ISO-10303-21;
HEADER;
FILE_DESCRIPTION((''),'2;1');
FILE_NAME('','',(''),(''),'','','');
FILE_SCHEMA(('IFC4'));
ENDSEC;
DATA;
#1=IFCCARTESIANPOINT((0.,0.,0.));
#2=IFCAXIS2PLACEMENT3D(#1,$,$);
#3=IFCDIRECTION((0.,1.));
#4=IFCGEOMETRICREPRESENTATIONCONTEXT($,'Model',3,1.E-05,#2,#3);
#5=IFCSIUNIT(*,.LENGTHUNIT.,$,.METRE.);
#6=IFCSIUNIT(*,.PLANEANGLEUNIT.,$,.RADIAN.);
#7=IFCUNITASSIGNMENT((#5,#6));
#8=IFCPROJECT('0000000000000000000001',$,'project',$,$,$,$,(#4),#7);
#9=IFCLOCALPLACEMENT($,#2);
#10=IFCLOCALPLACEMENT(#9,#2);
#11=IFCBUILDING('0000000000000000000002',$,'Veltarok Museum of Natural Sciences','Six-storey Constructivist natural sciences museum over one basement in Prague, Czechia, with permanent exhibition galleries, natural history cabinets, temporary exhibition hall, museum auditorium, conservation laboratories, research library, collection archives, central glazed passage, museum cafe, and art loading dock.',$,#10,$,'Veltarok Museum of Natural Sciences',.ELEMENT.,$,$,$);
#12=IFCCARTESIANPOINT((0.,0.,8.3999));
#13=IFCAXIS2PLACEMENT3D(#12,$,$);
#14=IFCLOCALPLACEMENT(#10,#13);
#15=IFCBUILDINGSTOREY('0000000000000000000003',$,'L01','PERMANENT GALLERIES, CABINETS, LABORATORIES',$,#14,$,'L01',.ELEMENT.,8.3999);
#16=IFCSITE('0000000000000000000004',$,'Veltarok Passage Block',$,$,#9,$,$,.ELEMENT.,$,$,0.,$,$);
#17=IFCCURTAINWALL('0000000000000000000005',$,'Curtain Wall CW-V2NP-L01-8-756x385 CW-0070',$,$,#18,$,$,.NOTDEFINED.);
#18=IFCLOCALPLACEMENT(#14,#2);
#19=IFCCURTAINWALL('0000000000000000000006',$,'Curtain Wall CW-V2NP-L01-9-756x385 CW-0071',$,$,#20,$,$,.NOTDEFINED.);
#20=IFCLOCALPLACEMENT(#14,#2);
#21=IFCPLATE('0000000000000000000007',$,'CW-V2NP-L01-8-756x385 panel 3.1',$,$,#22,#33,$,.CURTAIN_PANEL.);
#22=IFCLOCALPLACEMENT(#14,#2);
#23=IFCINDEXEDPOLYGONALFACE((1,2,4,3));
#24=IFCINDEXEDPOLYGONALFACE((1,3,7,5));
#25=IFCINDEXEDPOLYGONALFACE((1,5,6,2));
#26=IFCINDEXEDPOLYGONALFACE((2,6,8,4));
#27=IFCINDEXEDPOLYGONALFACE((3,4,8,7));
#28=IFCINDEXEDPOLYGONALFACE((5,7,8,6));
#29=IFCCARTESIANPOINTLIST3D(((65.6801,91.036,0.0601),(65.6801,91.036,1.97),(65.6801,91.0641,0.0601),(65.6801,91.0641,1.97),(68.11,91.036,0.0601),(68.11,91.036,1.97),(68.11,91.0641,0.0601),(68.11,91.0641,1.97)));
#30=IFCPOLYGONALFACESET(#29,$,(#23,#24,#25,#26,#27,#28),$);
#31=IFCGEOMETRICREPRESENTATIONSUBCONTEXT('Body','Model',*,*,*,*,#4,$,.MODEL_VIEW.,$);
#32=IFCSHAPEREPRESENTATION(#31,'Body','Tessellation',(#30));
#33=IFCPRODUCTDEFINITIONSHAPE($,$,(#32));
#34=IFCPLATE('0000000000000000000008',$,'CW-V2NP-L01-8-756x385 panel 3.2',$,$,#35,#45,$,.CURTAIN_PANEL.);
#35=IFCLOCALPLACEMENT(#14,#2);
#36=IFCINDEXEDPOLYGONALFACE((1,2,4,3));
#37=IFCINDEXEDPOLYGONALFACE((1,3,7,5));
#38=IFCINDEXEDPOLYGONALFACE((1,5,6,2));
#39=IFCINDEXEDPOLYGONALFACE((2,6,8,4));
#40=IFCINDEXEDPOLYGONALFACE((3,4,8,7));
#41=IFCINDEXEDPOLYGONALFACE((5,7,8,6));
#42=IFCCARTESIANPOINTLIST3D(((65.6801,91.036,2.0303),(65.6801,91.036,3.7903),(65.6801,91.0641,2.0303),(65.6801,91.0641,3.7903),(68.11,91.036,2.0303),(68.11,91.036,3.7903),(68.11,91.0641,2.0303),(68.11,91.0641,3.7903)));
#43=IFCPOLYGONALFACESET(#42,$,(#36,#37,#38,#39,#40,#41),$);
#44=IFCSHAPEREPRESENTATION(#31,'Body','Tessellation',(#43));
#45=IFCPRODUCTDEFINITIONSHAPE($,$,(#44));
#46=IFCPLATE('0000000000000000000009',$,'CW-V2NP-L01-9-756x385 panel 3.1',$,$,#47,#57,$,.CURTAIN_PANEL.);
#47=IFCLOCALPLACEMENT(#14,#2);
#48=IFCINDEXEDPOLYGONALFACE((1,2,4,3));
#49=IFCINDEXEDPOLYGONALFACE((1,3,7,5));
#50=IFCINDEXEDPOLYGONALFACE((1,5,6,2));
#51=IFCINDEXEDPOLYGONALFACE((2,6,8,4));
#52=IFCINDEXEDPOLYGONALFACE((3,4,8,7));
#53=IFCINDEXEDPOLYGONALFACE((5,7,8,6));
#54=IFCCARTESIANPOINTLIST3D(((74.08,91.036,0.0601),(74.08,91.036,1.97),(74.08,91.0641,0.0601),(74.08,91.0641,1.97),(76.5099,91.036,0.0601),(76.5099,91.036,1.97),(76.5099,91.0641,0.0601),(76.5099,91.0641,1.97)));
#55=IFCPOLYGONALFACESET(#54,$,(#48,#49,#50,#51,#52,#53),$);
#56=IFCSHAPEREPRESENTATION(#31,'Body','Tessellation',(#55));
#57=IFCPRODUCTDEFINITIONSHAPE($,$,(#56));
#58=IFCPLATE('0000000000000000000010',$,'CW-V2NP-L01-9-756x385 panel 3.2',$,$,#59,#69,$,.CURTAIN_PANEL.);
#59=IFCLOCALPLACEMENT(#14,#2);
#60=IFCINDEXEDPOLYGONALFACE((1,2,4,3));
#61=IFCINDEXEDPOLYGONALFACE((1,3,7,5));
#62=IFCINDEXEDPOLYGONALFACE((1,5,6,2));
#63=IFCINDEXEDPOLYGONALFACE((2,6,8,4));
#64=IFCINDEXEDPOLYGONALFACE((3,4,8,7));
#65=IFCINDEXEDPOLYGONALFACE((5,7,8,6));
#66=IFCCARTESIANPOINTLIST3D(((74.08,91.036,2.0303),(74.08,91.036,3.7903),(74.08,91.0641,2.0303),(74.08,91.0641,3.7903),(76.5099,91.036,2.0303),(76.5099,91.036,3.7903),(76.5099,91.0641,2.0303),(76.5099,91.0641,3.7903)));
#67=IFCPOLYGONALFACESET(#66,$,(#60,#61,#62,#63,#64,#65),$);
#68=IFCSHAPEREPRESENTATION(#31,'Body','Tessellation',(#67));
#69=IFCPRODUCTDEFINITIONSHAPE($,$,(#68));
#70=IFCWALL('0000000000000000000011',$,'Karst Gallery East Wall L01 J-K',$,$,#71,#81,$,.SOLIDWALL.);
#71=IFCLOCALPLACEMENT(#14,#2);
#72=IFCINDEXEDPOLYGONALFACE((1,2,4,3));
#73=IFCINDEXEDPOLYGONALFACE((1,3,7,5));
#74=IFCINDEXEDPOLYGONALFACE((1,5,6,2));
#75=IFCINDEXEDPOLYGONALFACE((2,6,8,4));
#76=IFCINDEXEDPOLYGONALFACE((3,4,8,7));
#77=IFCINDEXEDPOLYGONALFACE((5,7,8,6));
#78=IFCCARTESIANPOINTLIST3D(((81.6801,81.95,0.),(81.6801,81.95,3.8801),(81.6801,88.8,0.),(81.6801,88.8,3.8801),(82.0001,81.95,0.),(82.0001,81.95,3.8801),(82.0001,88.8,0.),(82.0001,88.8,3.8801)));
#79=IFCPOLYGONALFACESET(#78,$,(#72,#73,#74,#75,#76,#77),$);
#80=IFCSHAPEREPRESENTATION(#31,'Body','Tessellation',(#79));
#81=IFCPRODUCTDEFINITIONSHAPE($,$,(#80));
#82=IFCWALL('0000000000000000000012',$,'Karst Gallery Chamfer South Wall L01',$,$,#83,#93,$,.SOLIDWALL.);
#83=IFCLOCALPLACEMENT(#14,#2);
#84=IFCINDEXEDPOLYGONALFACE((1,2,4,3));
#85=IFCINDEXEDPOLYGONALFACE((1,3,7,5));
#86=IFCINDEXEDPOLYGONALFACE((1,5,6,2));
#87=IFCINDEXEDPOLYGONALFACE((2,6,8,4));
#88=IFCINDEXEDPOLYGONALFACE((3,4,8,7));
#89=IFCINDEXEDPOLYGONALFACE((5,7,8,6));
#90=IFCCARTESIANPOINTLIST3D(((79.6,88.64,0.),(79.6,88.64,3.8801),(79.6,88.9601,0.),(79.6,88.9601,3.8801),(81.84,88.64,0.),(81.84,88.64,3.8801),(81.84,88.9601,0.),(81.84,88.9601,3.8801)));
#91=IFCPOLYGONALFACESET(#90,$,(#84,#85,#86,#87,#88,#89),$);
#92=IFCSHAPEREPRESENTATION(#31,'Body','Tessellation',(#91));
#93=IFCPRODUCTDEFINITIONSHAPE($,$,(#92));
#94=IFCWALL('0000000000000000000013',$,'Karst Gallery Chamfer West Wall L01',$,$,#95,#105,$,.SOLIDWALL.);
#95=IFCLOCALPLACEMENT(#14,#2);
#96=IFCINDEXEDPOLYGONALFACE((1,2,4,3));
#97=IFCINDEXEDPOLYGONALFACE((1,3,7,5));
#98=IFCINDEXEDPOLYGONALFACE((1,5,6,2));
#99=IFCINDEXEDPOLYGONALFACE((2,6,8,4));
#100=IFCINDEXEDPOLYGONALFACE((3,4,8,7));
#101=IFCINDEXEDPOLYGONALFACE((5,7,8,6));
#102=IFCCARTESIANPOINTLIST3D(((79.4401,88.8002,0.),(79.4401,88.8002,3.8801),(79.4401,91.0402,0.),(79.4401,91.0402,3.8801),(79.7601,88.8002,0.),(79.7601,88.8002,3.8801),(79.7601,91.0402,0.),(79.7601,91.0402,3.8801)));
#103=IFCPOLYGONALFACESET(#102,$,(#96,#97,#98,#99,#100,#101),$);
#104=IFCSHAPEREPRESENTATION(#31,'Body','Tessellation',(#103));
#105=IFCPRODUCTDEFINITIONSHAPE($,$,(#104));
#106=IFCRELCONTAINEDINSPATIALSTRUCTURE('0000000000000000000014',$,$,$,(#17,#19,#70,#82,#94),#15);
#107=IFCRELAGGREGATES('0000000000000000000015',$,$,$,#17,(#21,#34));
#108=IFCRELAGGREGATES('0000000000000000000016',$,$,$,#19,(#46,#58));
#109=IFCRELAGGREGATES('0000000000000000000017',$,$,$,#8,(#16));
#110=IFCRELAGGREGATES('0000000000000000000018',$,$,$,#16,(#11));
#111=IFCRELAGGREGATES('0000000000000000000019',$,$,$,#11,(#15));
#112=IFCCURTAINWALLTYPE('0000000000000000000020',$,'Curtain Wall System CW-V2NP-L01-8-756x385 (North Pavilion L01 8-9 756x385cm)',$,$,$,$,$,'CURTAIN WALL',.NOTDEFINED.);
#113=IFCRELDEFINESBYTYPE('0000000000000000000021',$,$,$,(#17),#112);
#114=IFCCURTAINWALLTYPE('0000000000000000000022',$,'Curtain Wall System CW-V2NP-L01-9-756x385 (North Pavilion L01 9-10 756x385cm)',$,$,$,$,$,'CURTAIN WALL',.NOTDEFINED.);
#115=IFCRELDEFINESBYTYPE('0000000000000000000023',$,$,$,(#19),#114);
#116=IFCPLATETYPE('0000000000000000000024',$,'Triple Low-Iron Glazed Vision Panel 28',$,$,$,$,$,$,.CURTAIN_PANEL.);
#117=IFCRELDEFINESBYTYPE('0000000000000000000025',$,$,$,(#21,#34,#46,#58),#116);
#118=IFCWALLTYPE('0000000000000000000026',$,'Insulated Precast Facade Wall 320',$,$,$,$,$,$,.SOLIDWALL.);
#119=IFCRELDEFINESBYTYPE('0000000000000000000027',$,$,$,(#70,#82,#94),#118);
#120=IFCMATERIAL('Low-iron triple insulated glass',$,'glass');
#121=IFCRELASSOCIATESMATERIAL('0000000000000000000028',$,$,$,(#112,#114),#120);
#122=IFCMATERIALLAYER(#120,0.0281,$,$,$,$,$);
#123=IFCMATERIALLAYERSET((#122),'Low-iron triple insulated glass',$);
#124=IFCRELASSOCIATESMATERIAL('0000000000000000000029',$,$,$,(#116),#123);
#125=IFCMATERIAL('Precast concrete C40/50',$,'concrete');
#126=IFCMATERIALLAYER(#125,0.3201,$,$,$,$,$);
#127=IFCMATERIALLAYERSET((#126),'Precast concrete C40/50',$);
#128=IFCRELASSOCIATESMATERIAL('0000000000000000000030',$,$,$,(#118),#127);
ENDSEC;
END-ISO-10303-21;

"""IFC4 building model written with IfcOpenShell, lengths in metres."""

from ifc_helpers import new_model, si_unit, direction, frame, frame_2d, origin, origin_2d, place, context, subcontext, project, spatial, rectangle, extrude, material, layer, layer_set, type_object, element, aggregate, save


model = new_model("IFC4")

# Units and contexts
model_context = context("Model", 3, precision=1e-05, world=origin(), true_north=direction((0.0, 1.0)))
body_context = subcontext(model_context, "Body", "Model", "MODEL_VIEW")
ifc_project = project(units=[si_unit("LENGTHUNIT", "METRE"), si_unit("PLANEANGLEUNIT", "RADIAN")], contexts=[model_context])

# Site, building, storey
site_placement = place(None, origin())
site = spatial("IfcSite", under=ifc_project, at=site_placement, Name="Veltarok Passage Block", CompositionType="ELEMENT", RefElevation=0.0)
building_placement = place(site_placement, origin())
building = spatial("IfcBuilding", under=site, at=building_placement, Name="Veltarok Museum of Natural Sciences", Description="Six-storey Constructivist natural sciences museum over one basement in Prague, Czechia, with permanent exhibition galleries, natural history cabinets, temporary exhibition hall, museum auditorium, conservation laboratories, research library, collection archives, central glazed passage, museum cafe, and art loading dock.", LongName="Veltarok Museum of Natural Sciences", CompositionType="ELEMENT")
storey_placement = place(building_placement, frame((0.0, 0.0, 8.3999)))
storey = spatial("IfcBuildingStorey", under=building, at=storey_placement, Name="L01", Description="PERMANENT GALLERIES, CABINETS, LABORATORIES", LongName="L01", CompositionType="ELEMENT", Elevation=8.3999)

# Curtain walls
ifc_material_1 = material(Name="Low-iron triple insulated glass", Category="glass")
curtain_wall_type_1 = type_object("IfcCurtainWallType", Name="Curtain Wall System CW-V2NP-L01-8-756x385 (North Pavilion L01 8-9 756x385cm)", ElementType="CURTAIN WALL", PredefinedType="NOTDEFINED", material=ifc_material_1)
curtain_wall_1_placement = place(storey_placement, origin())
curtain_wall_1 = element("IfcCurtainWall", 1, at=curtain_wall_1_placement, inside=storey, type_object=curtain_wall_type_1, Name="Curtain Wall CW-V2NP-L01-8-756x385 CW-0070", PredefinedType="NOTDEFINED")
curtain_wall_type_2 = type_object("IfcCurtainWallType", Name="Curtain Wall System CW-V2NP-L01-9-756x385 (North Pavilion L01 9-10 756x385cm)", ElementType="CURTAIN WALL", PredefinedType="NOTDEFINED", material=ifc_material_1)
curtain_wall_2_placement = place(storey_placement, origin())
curtain_wall_2 = element("IfcCurtainWall", 2, at=curtain_wall_2_placement, inside=storey, type_object=curtain_wall_type_2, Name="Curtain Wall CW-V2NP-L01-9-756x385 CW-0071", PredefinedType="NOTDEFINED")

# Plates
ifc_layer_1 = layer(ifc_material_1, 0.0281)
ifc_layer_set_1 = layer_set([ifc_layer_1], Name="Low-iron triple insulated glass")
plate_type = type_object("IfcPlateType", Name="Triple Low-Iron Glazed Vision Panel 28", PredefinedType="CURTAIN_PANEL", material=ifc_layer_set_1)
plate_1_placement = place(storey_placement, frame((66.895, 91.05, 0.0601), z_axis=(0.0, 0.0, 1.0), x_axis=(-1.0, 0.0, 0.0)))
plate_1 = element("IfcPlate", 3, at=plate_1_placement, type_object=plate_type, Name="CW-V2NP-L01-8-756x385 panel 3.1", PredefinedType="CURTAIN_PANEL", context=body_context, shape_type="SweptSolid", body=[
    extrude(rectangle(XDim=2.4299, YDim=0.0281, at=origin_2d()), origin(), (0.0, 0.0, 1.0), 1.9099),
])
plate_2_placement = place(storey_placement, frame((66.895, 91.05, 2.0303), z_axis=(0.0, 0.0, 1.0), x_axis=(-1.0, 0.0, 0.0)))
plate_2 = element("IfcPlate", 4, at=plate_2_placement, type_object=plate_type, Name="CW-V2NP-L01-8-756x385 panel 3.2", PredefinedType="CURTAIN_PANEL", context=body_context, shape_type="SweptSolid", body=[
    extrude(rectangle(XDim=2.4299, YDim=0.0281, at=origin_2d()), origin(), (0.0, 0.0, 1.0), 1.76),
])
aggregate(curtain_wall_1, [plate_1, plate_2])
plate_3_placement = place(storey_placement, frame((75.2949, 91.05, 0.0601), z_axis=(0.0, 0.0, 1.0), x_axis=(-1.0, 0.0, 0.0)))
plate_3 = element("IfcPlate", 5, at=plate_3_placement, type_object=plate_type, Name="CW-V2NP-L01-9-756x385 panel 3.1", PredefinedType="CURTAIN_PANEL", context=body_context, shape_type="SweptSolid", body=[
    extrude(rectangle(XDim=2.4299, YDim=0.0281, at=origin_2d()), origin(), (0.0, 0.0, 1.0), 1.9099),
])
plate_4_placement = place(storey_placement, frame((75.2949, 91.05, 2.0303), z_axis=(0.0, 0.0, 1.0), x_axis=(-1.0, 0.0, 0.0)))
plate_4 = element("IfcPlate", 6, at=plate_4_placement, type_object=plate_type, Name="CW-V2NP-L01-9-756x385 panel 3.2", PredefinedType="CURTAIN_PANEL", context=body_context, shape_type="SweptSolid", body=[
    extrude(rectangle(XDim=2.4299, YDim=0.0281, at=origin_2d()), origin(), (0.0, 0.0, 1.0), 1.76),
])
aggregate(curtain_wall_2, [plate_3, plate_4])

# Walls
ifc_material_2 = material(Name="Precast concrete C40/50", Category="concrete")
ifc_layer_2 = layer(ifc_material_2, 0.3201)
ifc_layer_set_2 = layer_set([ifc_layer_2], Name="Precast concrete C40/50")
wall_type = type_object("IfcWallType", Name="Insulated Precast Facade Wall 320", PredefinedType="SOLIDWALL", material=ifc_layer_set_2)
wall_placement = place(storey_placement, frame((81.8401, 81.95, 0.0), z_axis=(0.0, 0.0, 1.0), x_axis=(0.0, 1.0, 0.0)))
element("IfcWall", 7, at=wall_placement, inside=storey, type_object=wall_type, Name="Karst Gallery East Wall L01 J-K", PredefinedType="SOLIDWALL", context=body_context, shape_type="SweptSolid", body=[
    extrude(rectangle(XDim=6.8501, YDim=0.3201, at=frame_2d((3.425, 0.0))), origin(), (0.0, 0.0, 1.0), 3.8801),
])
for number, where, z_axis, x_axis, name in (
    (8, (81.8401, 88.8, 0.0), (0.0, 0.0, 1.0), (-1.0, 0.0, 0.0), "Karst Gallery Chamfer South Wall L01"),
    (9, (79.6001, 88.8, 0.0), (0.0, 0.0, 1.0), (0.0, 1.0, 0.0), "Karst Gallery Chamfer West Wall L01"),
):
    element("IfcWall", number, at=place(storey_placement, frame(where, z_axis=z_axis, x_axis=x_axis)), inside=storey, type_object=wall_type, Name=name, PredefinedType="SOLIDWALL", context=body_context, shape_type="SweptSolid", body=[
        extrude(rectangle(XDim=2.24, YDim=0.3201, at=frame_2d((1.1201, 0.0))), origin(), (0.0, 0.0, 1.0), 3.8801),
    ])

save(model, "model.ifc")
